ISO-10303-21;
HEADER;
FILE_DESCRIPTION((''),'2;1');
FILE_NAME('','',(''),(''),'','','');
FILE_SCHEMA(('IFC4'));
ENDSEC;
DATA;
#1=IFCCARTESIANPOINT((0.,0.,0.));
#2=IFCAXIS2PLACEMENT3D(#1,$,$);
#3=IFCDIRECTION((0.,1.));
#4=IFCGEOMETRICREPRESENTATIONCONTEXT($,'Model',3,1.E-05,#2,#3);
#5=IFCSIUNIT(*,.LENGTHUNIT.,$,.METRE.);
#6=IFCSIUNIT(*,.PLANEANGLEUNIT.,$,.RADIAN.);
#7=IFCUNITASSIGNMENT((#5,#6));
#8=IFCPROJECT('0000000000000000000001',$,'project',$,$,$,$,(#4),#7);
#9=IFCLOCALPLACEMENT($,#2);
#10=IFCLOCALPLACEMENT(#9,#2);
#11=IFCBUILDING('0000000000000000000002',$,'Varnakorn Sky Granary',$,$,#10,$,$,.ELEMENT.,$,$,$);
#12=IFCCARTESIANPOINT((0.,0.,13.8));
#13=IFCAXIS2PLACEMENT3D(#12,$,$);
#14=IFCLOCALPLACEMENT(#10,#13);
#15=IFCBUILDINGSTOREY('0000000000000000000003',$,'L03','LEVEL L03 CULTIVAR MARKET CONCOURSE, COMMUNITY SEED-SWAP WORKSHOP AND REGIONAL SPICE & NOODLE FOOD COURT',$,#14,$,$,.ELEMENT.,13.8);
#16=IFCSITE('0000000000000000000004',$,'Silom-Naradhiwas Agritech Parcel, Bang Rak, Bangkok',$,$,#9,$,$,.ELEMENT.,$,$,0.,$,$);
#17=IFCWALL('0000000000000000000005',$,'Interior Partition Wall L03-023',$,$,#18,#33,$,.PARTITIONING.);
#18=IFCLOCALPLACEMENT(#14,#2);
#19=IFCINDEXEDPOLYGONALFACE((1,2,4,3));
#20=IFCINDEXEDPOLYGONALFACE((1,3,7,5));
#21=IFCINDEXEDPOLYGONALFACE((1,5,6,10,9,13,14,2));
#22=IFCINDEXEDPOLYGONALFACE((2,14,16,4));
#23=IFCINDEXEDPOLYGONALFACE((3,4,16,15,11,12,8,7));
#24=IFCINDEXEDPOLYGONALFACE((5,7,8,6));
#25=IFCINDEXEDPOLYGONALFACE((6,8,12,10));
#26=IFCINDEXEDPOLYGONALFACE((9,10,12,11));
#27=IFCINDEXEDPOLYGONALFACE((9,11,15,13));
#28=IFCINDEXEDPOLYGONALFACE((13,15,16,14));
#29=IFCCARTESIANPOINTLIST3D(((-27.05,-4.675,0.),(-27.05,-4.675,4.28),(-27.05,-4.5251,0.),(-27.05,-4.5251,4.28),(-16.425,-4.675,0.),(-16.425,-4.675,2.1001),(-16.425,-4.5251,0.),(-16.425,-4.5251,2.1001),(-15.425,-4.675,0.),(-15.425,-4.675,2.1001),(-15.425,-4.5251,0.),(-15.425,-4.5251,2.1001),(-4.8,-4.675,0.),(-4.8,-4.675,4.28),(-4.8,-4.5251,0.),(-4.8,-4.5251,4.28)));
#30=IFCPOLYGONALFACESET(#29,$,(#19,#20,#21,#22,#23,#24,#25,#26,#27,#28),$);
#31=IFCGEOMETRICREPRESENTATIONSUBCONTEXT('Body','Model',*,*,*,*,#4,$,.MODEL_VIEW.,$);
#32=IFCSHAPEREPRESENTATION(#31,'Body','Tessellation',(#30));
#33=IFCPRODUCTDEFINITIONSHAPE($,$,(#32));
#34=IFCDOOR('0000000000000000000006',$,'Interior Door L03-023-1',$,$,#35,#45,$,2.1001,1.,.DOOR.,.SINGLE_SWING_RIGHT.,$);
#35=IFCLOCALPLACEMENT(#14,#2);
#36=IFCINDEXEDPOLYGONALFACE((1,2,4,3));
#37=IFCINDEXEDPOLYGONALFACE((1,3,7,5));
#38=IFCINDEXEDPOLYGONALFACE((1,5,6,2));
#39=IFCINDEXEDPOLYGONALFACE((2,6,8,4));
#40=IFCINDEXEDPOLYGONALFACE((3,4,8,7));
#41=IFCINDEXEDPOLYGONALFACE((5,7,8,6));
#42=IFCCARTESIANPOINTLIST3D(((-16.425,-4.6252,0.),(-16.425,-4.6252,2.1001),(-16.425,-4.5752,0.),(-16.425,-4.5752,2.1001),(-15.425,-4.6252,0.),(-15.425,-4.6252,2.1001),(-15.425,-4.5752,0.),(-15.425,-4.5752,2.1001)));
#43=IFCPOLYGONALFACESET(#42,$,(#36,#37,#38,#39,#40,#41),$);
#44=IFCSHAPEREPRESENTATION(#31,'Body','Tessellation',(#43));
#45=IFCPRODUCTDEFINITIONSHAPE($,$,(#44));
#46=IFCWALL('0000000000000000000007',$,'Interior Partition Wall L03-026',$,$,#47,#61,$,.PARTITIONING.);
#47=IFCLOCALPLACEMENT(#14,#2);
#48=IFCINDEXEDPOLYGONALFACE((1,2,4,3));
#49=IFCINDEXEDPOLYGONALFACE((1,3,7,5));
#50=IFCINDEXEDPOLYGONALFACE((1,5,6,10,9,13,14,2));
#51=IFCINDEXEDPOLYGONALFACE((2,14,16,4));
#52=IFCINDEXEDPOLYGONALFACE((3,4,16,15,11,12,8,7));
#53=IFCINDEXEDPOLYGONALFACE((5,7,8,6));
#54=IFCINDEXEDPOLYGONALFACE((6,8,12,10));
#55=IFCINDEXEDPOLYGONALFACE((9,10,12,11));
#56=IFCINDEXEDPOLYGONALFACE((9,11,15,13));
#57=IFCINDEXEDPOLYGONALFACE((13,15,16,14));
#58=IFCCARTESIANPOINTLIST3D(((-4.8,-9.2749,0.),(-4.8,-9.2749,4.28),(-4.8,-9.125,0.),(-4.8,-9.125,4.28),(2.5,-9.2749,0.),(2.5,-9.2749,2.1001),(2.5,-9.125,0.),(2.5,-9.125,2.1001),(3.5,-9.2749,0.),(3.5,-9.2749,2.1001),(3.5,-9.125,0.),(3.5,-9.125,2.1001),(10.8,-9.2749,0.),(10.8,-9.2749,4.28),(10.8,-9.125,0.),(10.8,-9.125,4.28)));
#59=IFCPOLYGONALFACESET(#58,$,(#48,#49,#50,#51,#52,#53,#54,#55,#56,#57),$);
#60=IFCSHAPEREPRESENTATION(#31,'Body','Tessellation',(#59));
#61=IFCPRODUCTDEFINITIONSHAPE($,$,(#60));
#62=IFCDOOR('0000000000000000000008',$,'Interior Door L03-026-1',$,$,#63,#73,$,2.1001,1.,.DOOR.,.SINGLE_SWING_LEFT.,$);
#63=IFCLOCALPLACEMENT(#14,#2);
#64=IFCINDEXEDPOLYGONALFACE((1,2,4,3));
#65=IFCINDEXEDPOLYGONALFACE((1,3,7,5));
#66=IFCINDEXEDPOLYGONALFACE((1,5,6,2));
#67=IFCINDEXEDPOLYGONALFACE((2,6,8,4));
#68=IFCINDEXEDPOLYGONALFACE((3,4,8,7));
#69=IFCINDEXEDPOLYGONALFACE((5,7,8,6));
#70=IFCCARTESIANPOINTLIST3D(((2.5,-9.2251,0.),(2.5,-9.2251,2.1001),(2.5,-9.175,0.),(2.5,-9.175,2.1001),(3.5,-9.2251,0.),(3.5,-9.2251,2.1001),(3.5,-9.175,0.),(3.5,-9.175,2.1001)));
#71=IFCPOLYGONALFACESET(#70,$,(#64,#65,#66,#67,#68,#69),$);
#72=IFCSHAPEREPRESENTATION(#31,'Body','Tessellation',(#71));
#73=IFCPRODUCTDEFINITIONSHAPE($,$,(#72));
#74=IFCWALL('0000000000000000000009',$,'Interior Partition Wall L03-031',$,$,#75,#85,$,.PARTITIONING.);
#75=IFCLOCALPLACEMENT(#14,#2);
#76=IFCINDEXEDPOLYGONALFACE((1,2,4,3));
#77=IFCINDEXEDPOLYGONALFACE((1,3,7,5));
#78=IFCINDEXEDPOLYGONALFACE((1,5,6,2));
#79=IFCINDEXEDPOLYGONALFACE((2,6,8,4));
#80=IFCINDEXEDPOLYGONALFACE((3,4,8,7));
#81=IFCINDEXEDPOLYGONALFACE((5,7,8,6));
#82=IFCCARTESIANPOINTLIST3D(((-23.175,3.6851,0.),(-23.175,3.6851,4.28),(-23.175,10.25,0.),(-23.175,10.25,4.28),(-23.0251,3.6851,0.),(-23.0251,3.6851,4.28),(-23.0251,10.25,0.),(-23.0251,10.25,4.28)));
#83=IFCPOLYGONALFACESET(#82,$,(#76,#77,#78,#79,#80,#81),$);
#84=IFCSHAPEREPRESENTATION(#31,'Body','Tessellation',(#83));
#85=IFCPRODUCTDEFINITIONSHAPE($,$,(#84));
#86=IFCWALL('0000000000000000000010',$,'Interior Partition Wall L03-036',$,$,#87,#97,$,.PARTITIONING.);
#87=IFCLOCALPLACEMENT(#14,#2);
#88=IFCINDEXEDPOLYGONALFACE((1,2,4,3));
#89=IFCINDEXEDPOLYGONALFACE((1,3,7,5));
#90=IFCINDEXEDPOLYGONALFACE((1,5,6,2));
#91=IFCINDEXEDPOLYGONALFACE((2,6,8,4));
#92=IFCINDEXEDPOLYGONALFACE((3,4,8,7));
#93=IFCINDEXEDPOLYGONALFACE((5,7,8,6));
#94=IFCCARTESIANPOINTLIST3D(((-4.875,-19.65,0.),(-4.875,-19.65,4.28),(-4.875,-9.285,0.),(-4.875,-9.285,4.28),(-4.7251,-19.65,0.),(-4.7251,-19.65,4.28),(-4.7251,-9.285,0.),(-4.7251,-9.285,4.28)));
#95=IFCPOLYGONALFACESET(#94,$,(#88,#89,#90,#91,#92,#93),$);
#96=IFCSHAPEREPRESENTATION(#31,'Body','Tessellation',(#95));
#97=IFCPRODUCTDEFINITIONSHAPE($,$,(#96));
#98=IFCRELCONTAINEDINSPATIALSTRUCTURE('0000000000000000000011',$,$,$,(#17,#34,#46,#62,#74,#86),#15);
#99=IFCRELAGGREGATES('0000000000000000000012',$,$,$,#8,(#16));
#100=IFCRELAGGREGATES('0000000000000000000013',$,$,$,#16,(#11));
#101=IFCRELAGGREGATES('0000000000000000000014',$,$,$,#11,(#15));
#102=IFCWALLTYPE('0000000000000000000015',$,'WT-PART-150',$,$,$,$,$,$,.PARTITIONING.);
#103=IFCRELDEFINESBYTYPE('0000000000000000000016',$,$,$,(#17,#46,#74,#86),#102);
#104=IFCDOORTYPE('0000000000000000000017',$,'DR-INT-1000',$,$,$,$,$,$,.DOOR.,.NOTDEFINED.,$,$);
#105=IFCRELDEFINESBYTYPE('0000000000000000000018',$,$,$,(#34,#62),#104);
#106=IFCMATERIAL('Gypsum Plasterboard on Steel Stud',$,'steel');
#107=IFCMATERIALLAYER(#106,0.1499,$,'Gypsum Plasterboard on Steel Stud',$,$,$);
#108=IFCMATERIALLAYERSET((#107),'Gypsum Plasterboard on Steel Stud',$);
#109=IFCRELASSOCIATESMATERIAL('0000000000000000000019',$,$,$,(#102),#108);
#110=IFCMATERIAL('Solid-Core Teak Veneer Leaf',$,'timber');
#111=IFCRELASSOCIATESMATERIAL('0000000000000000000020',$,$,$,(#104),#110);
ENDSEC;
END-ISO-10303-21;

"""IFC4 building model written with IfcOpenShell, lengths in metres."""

from ifc_helpers import new_model, si_unit, direction, frame, frame_2d, origin, place, context, subcontext, project, spatial, rectangle, extrude, material, layer, layer_set, type_object, element, fill, save


model = new_model("IFC4")

# Units and contexts
model_context = context("Model", 3, precision=1e-05, world=origin(), true_north=direction((0.0, 1.0)))
body_context = subcontext(model_context, "Body", "Model", "MODEL_VIEW")
ifc_project = project(units=[si_unit("LENGTHUNIT", "METRE"), si_unit("PLANEANGLEUNIT", "RADIAN")], contexts=[model_context])

# Site, building, storey
site_placement = place(None, origin())
site = spatial("IfcSite", under=ifc_project, at=site_placement, Name="Silom-Naradhiwas Agritech Parcel, Bang Rak, Bangkok", CompositionType="ELEMENT", RefElevation=0.0)
building_placement = place(site_placement, origin())
building = spatial("IfcBuilding", under=site, at=building_placement, Name="Varnakorn Sky Granary", CompositionType="ELEMENT")
storey_placement = place(building_placement, frame((0.0, 0.0, 13.8)))
storey = spatial("IfcBuildingStorey", under=building, at=storey_placement, Name="L03", Description="LEVEL L03 CULTIVAR MARKET CONCOURSE, COMMUNITY SEED-SWAP WORKSHOP AND REGIONAL SPICE & NOODLE FOOD COURT", CompositionType="ELEMENT", Elevation=13.8)

# Walls, openings, doors
ifc_material_1 = material(Name="Gypsum Plasterboard on Steel Stud", Category="steel")
ifc_layer_1 = layer(ifc_material_1, 0.1499, Name="Gypsum Plasterboard on Steel Stud")
ifc_layer_set_1 = layer_set([ifc_layer_1], Name="Gypsum Plasterboard on Steel Stud")
wall_type_1 = type_object("IfcWallType", Name="WT-PART-150", PredefinedType="PARTITIONING", material=ifc_layer_set_1)
ifc_material_2 = material(Name="Solid-Core Teak Veneer Leaf", Category="timber")
door_type = type_object("IfcDoorType", Name="DR-INT-1000", OperationType="NOTDEFINED", PredefinedType="DOOR", material=ifc_material_2)
wall_1_placement = place(storey_placement, frame((-27.05, -4.6001, 0.0), z_axis=(0.0, 0.0, 1.0), x_axis=(1.0, 0.0, 0.0)))
wall_1 = element("IfcWall", 1, at=wall_1_placement, inside=storey, type_object=wall_type_1, Name="Interior Partition Wall L03-023", PredefinedType="PARTITIONING", context=body_context, shape_type="SweptSolid", body=[
    extrude(rectangle(XDim=22.25, YDim=0.1499, at=frame_2d((11.125, 0.0))), origin(), (0.0, 0.0, 1.0), 4.28),
])
opening_1_placement = place(wall_1_placement, frame((10.625, 0.0, 0.0)))
opening_1 = element("IfcOpeningElement", 2, at=opening_1_placement, cuts=wall_1, PredefinedType="OPENING", context=body_context, shape_type="SweptSolid", body=[
    extrude(rectangle(XDim=1.0, YDim=2.1001, at=frame_2d((0.5, 1.05))), frame((0.0, 0.085, 0.0), z_axis=(0.0, -1.0, 0.0), x_axis=(1.0, 0.0, 0.0)), (0.0, 0.0, 1.0), 0.1699),
])
door_1_placement = place(opening_1_placement, origin())
door_1 = element("IfcDoor", 3, at=door_1_placement, inside=storey, type_object=door_type, Name="Interior Door L03-023-1", OperationType="SINGLE_SWING_RIGHT", OverallHeight=2.1001, OverallWidth=1.0, PredefinedType="DOOR", context=body_context, shape_type="SweptSolid", body=[
    extrude(rectangle(XDim=1.0, YDim=2.1001, at=frame_2d((0.5, 1.05))), frame((0.0, 0.0249, 0.0), z_axis=(0.0, -1.0, 0.0), x_axis=(1.0, 0.0, 0.0)), (0.0, 0.0, 1.0), 0.05),
])
fill(opening_1, door_1)
wall_2_placement = place(storey_placement, frame((-4.8, -9.2, 0.0), z_axis=(0.0, 0.0, 1.0), x_axis=(1.0, 0.0, 0.0)))
wall_2 = element("IfcWall", 4, at=wall_2_placement, inside=storey, type_object=wall_type_1, Name="Interior Partition Wall L03-026", PredefinedType="PARTITIONING", context=body_context, shape_type="SweptSolid", body=[
    extrude(rectangle(XDim=15.6001, YDim=0.1499, at=frame_2d((7.8, 0.0))), origin(), (0.0, 0.0, 1.0), 4.28),
])
opening_2_placement = place(wall_2_placement, frame((7.3, 0.0, 0.0)))
opening_2 = element("IfcOpeningElement", 5, at=opening_2_placement, cuts=wall_2, PredefinedType="OPENING", context=body_context, shape_type="SweptSolid", body=[
    extrude(rectangle(XDim=1.0, YDim=2.1001, at=frame_2d((0.5, 1.05))), frame((0.0, 0.085, 0.0), z_axis=(0.0, -1.0, 0.0), x_axis=(1.0, 0.0, 0.0)), (0.0, 0.0, 1.0), 0.1699),
])
door_2_placement = place(opening_2_placement, origin())
door_2 = element("IfcDoor", 6, at=door_2_placement, inside=storey, type_object=door_type, Name="Interior Door L03-026-1", OperationType="SINGLE_SWING_LEFT", OverallHeight=2.1001, OverallWidth=1.0, PredefinedType="DOOR", context=body_context, shape_type="SweptSolid", body=[
    extrude(rectangle(XDim=1.0, YDim=2.1001, at=frame_2d((0.5, 1.05))), frame((0.0, 0.0249, 0.0), z_axis=(0.0, -1.0, 0.0), x_axis=(1.0, 0.0, 0.0)), (0.0, 0.0, 1.0), 0.05),
])
fill(opening_2, door_2)

# Walls
wall_3_placement = place(storey_placement, frame((-23.1001, 3.6851, 0.0), z_axis=(0.0, 0.0, 1.0), x_axis=(0.0, 1.0, 0.0)))
element("IfcWall", 7, at=wall_3_placement, inside=storey, type_object=wall_type_1, Name="Interior Partition Wall L03-031", PredefinedType="PARTITIONING", context=body_context, shape_type="SweptSolid", body=[
    extrude(rectangle(XDim=6.5649, YDim=0.1499, at=frame_2d((3.2825, 0.0))), origin(), (0.0, 0.0, 1.0), 4.28),
])
wall_4_placement = place(storey_placement, frame((-4.8, -9.2849, 0.0), z_axis=(0.0, 0.0, 1.0), x_axis=(0.0, -1.0, 0.0)))
element("IfcWall", 8, at=wall_4_placement, inside=storey, type_object=wall_type_1, Name="Interior Partition Wall L03-036", PredefinedType="PARTITIONING", context=body_context, shape_type="SweptSolid", body=[
    extrude(rectangle(XDim=10.365, YDim=0.1499, at=frame_2d((5.1826, 0.0))), origin(), (0.0, 0.0, 1.0), 4.28),
])

save(model, "model.ifc")
